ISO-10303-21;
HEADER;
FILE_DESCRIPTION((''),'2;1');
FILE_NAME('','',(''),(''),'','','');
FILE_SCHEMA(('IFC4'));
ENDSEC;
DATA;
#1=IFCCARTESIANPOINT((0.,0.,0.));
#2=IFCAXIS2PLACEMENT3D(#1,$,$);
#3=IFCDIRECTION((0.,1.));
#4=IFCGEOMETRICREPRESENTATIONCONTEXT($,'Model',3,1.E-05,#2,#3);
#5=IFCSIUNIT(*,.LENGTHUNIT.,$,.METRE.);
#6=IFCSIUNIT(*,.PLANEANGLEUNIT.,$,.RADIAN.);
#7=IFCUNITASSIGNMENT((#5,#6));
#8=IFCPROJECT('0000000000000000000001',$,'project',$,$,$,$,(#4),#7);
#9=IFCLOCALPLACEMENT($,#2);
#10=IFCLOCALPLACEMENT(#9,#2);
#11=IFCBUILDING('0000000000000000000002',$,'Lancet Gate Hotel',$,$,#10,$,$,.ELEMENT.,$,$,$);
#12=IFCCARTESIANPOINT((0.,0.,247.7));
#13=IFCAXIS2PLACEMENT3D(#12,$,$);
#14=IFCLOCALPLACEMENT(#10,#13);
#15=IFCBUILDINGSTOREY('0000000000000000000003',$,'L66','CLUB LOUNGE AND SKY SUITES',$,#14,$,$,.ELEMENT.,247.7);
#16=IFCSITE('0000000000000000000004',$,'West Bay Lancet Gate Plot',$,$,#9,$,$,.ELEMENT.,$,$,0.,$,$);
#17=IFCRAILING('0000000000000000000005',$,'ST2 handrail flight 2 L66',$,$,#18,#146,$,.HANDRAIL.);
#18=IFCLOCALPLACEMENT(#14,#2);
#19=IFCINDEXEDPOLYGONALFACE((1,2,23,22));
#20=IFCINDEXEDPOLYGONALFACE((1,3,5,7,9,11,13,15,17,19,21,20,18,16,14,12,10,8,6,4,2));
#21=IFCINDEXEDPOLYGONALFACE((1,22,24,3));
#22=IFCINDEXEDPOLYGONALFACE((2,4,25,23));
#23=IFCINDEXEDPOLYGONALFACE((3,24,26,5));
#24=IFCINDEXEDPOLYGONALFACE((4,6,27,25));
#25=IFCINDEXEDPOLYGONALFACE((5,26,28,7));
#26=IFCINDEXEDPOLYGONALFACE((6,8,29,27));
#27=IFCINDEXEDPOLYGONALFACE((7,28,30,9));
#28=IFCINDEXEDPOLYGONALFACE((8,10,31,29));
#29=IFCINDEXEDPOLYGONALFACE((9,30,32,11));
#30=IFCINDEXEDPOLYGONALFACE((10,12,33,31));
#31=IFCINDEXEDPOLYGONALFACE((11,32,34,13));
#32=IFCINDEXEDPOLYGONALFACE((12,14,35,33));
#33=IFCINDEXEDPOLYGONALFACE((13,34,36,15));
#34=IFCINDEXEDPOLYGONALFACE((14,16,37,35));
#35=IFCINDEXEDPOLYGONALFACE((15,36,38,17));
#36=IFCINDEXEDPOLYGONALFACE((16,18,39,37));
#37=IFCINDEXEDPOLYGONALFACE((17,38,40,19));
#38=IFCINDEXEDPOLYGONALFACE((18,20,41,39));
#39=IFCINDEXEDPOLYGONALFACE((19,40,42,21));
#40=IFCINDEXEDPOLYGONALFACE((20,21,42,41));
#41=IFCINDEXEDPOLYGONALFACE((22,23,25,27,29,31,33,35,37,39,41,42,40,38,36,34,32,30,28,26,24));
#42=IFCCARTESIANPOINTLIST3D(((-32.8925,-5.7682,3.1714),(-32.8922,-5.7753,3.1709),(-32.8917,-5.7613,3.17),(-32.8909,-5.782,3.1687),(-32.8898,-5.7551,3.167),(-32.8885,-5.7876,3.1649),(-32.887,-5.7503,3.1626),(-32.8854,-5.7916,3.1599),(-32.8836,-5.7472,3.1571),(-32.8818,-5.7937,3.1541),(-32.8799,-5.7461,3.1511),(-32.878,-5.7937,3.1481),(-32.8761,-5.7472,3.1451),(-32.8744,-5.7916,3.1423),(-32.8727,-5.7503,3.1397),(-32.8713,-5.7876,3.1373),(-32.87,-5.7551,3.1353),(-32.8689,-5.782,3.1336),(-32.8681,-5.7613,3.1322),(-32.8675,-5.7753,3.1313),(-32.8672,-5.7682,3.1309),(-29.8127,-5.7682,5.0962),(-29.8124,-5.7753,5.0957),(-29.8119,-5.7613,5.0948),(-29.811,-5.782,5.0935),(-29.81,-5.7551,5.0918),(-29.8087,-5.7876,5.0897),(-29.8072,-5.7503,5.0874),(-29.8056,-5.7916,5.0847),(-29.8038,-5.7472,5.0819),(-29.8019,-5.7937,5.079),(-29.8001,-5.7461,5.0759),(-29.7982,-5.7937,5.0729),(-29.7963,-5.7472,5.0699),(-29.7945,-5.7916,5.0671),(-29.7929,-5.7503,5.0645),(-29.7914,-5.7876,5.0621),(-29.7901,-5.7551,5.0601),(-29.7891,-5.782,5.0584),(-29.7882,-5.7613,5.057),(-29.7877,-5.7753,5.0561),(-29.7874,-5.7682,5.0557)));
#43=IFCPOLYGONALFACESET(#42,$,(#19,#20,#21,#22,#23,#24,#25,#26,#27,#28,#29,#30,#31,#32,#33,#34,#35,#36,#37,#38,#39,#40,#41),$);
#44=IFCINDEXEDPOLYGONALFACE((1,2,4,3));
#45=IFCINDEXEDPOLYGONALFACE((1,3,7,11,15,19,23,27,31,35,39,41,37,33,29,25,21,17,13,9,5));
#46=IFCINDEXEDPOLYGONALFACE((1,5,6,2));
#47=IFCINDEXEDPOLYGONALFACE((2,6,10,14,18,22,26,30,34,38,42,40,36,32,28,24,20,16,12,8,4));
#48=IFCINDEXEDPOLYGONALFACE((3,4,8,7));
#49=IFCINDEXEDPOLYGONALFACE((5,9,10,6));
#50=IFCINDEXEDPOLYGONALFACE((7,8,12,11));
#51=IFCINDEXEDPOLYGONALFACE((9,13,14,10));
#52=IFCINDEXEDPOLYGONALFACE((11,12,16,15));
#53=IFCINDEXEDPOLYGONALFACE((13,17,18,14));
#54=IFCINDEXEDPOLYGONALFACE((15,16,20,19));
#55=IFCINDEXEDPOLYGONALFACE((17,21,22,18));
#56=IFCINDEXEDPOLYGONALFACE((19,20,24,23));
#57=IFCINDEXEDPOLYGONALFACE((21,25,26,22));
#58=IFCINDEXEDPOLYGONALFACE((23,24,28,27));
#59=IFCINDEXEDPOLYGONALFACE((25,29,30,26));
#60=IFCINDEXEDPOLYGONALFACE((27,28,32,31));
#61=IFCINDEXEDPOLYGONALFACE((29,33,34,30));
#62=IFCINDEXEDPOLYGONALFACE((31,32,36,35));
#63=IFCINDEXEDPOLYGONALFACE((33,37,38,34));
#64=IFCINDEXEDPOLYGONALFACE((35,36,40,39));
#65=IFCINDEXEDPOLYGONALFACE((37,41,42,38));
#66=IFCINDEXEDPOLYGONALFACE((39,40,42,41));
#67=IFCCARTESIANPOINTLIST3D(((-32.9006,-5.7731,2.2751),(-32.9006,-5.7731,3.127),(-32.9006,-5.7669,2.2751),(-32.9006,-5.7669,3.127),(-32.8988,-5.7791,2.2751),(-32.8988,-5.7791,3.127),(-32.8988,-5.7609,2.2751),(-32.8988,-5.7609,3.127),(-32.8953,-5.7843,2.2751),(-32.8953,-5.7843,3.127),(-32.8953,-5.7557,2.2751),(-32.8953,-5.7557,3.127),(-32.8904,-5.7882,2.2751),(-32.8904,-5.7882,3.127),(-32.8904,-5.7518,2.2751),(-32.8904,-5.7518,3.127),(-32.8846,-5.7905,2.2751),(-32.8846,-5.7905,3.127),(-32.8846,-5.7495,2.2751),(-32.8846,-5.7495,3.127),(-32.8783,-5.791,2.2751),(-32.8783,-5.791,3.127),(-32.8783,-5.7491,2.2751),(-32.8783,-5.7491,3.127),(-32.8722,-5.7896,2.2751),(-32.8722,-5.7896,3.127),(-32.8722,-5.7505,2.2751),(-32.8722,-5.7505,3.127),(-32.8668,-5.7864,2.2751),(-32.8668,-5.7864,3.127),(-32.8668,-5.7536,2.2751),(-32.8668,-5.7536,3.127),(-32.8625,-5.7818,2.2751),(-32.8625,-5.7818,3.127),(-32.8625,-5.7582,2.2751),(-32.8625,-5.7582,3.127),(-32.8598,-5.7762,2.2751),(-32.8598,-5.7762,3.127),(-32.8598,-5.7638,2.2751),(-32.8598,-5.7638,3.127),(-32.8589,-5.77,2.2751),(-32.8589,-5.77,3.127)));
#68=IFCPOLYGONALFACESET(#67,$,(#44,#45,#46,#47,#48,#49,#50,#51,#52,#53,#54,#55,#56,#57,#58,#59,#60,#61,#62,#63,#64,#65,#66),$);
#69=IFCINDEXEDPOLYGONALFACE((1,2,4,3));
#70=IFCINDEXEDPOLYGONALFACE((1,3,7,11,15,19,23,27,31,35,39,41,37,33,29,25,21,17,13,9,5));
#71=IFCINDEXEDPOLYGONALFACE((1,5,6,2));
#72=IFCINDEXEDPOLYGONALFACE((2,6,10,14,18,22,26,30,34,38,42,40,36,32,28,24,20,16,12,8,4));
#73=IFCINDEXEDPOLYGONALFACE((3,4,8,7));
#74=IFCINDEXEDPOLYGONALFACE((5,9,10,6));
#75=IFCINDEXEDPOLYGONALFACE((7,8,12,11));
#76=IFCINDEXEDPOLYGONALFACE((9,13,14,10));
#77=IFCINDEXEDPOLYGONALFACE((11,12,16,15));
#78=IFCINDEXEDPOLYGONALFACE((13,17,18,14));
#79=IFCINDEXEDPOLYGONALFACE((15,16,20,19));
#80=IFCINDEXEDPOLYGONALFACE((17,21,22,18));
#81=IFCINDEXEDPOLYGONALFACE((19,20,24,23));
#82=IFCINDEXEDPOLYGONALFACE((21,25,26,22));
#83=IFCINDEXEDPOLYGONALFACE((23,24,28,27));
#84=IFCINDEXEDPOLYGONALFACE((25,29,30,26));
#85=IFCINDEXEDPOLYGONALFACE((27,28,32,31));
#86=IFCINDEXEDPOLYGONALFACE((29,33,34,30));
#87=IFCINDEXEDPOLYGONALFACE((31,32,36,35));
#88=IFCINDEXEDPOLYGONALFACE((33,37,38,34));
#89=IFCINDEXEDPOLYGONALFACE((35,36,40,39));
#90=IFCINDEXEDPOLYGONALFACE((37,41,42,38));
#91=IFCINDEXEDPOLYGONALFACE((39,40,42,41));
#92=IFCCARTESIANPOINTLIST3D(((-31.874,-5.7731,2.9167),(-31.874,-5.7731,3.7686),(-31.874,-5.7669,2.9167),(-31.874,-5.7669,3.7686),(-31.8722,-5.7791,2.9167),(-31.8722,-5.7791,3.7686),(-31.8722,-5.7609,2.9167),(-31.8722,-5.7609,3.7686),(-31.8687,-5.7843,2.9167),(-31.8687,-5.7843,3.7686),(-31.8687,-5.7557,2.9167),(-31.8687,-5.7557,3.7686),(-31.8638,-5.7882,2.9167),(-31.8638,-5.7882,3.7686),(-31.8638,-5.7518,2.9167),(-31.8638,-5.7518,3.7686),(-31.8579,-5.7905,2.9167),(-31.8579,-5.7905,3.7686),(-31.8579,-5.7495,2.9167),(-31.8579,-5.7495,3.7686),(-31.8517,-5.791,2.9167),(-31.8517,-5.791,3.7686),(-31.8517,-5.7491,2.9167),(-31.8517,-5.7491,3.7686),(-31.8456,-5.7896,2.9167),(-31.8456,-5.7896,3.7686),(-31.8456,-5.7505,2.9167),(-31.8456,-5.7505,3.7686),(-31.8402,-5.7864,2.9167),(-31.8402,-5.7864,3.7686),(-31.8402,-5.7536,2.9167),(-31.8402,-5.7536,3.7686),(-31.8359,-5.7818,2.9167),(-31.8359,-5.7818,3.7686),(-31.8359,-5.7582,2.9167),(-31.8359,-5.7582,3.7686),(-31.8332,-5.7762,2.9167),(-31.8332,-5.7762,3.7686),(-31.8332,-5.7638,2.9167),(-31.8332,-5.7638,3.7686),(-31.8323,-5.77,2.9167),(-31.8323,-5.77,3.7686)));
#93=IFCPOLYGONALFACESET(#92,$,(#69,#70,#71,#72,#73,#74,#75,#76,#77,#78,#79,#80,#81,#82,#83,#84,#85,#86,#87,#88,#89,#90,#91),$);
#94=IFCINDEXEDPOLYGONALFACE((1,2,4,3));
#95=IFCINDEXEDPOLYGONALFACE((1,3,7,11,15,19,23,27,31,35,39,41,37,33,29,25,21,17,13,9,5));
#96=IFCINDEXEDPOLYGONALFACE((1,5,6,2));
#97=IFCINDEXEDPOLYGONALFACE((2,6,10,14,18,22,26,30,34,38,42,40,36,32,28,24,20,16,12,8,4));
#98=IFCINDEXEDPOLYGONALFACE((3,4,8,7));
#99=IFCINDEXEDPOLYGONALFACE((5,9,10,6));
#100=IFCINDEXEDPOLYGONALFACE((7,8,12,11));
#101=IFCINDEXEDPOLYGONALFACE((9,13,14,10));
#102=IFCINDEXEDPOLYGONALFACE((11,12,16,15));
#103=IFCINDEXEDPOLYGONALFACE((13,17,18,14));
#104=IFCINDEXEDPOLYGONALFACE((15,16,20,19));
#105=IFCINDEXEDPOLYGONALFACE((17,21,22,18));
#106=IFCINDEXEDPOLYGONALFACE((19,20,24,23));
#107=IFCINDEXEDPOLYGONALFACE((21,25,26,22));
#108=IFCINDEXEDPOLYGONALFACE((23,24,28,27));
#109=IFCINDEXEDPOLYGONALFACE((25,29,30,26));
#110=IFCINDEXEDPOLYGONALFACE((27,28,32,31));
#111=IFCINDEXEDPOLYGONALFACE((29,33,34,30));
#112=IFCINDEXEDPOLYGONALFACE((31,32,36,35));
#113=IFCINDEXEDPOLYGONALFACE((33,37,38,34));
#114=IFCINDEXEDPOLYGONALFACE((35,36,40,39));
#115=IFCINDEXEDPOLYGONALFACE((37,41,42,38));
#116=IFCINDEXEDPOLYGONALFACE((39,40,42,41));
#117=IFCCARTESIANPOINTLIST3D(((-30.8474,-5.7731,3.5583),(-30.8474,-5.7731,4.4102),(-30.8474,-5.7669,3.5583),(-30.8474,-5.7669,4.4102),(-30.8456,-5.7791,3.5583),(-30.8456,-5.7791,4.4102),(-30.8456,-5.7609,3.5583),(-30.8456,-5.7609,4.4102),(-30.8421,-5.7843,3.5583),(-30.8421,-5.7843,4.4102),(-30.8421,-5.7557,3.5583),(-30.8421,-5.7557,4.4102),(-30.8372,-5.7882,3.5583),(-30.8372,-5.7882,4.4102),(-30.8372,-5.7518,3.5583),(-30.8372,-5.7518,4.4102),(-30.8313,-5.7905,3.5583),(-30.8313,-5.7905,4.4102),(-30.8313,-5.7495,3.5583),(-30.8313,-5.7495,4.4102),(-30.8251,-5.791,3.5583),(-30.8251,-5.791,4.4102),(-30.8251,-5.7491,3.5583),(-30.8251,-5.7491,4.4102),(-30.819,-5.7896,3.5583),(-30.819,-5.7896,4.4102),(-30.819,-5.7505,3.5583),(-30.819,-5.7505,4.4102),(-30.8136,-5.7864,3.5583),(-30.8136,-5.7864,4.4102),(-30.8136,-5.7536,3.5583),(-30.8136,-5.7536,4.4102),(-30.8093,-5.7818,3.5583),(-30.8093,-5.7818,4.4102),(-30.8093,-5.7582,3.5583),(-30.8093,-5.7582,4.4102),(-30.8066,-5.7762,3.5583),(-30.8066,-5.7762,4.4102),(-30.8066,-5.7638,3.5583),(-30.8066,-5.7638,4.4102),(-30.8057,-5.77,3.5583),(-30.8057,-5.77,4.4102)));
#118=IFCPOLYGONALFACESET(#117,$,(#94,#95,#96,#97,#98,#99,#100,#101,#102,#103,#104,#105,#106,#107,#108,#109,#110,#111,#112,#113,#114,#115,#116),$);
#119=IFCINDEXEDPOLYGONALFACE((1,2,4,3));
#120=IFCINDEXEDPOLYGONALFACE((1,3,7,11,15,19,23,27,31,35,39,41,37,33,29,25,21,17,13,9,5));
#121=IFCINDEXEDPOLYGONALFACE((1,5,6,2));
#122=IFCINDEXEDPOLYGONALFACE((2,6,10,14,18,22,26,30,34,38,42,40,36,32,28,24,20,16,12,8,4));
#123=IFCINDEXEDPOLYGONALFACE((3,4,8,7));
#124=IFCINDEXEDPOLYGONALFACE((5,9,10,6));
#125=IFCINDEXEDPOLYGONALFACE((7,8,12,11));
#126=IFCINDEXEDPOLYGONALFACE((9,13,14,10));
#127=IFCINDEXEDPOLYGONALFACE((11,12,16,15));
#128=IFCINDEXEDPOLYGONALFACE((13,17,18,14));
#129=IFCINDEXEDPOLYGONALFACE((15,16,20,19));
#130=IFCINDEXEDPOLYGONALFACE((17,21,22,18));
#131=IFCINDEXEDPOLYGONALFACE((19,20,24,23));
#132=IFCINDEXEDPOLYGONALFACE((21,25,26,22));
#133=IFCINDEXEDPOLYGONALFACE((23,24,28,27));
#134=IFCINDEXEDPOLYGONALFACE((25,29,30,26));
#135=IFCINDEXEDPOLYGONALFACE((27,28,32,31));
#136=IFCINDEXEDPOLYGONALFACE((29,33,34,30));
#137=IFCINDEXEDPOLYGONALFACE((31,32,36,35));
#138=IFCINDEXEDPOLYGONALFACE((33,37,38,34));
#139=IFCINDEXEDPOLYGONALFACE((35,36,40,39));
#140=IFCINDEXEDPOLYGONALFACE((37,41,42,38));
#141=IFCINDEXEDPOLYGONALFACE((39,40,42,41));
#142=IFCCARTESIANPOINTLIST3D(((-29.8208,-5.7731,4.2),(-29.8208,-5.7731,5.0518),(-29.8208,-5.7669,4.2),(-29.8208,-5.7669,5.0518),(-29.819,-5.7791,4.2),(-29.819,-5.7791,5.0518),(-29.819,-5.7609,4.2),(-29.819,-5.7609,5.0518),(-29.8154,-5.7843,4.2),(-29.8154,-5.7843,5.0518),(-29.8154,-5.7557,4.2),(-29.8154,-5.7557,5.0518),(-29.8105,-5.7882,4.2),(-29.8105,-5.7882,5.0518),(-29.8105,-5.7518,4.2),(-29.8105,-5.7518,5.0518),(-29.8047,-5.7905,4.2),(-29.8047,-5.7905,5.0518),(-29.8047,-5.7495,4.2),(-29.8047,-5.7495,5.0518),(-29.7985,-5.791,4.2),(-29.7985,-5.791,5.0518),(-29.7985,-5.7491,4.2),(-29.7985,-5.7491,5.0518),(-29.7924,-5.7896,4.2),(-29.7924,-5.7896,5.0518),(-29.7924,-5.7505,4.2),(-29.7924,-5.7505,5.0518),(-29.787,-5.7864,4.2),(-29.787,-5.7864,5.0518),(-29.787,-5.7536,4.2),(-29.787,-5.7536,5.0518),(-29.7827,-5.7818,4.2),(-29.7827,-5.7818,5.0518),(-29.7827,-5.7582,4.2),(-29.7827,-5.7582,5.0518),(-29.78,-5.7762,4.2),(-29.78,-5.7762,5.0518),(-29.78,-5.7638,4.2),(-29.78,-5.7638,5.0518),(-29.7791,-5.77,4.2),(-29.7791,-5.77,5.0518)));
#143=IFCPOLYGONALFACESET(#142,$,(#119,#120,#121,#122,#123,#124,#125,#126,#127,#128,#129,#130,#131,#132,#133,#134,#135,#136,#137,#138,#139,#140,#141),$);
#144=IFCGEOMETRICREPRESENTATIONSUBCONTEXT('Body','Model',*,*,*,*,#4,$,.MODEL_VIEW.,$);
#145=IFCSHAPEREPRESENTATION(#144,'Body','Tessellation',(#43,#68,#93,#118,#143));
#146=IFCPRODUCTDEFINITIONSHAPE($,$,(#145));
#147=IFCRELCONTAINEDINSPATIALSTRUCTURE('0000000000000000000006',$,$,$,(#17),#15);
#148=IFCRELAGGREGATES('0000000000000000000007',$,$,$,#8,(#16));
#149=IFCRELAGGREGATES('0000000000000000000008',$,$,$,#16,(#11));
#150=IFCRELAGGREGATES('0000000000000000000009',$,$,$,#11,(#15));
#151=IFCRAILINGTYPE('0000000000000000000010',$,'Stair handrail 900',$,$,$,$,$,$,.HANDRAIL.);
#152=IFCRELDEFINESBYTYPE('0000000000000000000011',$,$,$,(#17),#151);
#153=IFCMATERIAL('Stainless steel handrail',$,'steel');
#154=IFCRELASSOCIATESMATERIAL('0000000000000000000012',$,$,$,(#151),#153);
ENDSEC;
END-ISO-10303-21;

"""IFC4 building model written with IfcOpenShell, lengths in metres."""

from ifc_helpers import new_model, si_unit, direction, frame, origin, origin_2d, place, context, subcontext, project, spatial, circle, extrude, material, type_object, element, save


model = new_model("IFC4")

# Units and contexts
model_context = context("Model", 3, precision=1e-05, world=origin(), true_north=direction((0.0, 1.0)))
body_context = subcontext(model_context, "Body", "Model", "MODEL_VIEW")
ifc_project = project(units=[si_unit("LENGTHUNIT", "METRE"), si_unit("PLANEANGLEUNIT", "RADIAN")], contexts=[model_context])

# Site, building, storey
site_placement = place(None, origin())
site = spatial("IfcSite", under=ifc_project, at=site_placement, Name="West Bay Lancet Gate Plot", CompositionType="ELEMENT", RefElevation=0.0)
building_placement = place(site_placement, origin())
building = spatial("IfcBuilding", under=site, at=building_placement, Name="Lancet Gate Hotel", CompositionType="ELEMENT")
storey_placement = place(building_placement, frame((0.0, 0.0, 247.7)))
storey = spatial("IfcBuildingStorey", under=building, at=storey_placement, Name="L66", Description="CLUB LOUNGE AND SKY SUITES", CompositionType="ELEMENT", Elevation=247.7)

# Railing
ifc_material_1 = material(Name="Stainless steel handrail", Category="steel")
railing_type = type_object("IfcRailingType", Name="Stair handrail 900", PredefinedType="HANDRAIL", material=ifc_material_1)
railing_1_placement = place(storey_placement, frame((-32.8799, -5.77, 2.2751)))
element("IfcRailing", 1, at=railing_1_placement, inside=storey, type_object=railing_type, Name="ST2 handrail flight 2 L66", PredefinedType="HANDRAIL", context=body_context, shape_type="SweptSolid", body=[
    extrude(circle(Radius=0.0239, at=origin_2d()), frame((0.0, 0.0, 0.876), z_axis=(0.84801, 0.0, 0.529981), x_axis=(0.0, 1.0, 0.0)), (0.0, 0.0, 1.0), 3.6318),
    extrude(circle(Radius=0.021, at=origin_2d()), origin(), (0.0, 0.0, 1.0), 0.8518),
    extrude(circle(Radius=0.021, at=origin_2d()), frame((1.0266, 0.0, 0.6416)), (0.0, 0.0, 1.0), 0.8518),
    extrude(circle(Radius=0.021, at=origin_2d()), frame((2.0532, 0.0, 1.2832)), (0.0, 0.0, 1.0), 0.8518),
    extrude(circle(Radius=0.021, at=origin_2d()), frame((3.0798, 0.0, 1.9248)), (0.0, 0.0, 1.0), 0.8518),
])

save(model, "model.ifc")
